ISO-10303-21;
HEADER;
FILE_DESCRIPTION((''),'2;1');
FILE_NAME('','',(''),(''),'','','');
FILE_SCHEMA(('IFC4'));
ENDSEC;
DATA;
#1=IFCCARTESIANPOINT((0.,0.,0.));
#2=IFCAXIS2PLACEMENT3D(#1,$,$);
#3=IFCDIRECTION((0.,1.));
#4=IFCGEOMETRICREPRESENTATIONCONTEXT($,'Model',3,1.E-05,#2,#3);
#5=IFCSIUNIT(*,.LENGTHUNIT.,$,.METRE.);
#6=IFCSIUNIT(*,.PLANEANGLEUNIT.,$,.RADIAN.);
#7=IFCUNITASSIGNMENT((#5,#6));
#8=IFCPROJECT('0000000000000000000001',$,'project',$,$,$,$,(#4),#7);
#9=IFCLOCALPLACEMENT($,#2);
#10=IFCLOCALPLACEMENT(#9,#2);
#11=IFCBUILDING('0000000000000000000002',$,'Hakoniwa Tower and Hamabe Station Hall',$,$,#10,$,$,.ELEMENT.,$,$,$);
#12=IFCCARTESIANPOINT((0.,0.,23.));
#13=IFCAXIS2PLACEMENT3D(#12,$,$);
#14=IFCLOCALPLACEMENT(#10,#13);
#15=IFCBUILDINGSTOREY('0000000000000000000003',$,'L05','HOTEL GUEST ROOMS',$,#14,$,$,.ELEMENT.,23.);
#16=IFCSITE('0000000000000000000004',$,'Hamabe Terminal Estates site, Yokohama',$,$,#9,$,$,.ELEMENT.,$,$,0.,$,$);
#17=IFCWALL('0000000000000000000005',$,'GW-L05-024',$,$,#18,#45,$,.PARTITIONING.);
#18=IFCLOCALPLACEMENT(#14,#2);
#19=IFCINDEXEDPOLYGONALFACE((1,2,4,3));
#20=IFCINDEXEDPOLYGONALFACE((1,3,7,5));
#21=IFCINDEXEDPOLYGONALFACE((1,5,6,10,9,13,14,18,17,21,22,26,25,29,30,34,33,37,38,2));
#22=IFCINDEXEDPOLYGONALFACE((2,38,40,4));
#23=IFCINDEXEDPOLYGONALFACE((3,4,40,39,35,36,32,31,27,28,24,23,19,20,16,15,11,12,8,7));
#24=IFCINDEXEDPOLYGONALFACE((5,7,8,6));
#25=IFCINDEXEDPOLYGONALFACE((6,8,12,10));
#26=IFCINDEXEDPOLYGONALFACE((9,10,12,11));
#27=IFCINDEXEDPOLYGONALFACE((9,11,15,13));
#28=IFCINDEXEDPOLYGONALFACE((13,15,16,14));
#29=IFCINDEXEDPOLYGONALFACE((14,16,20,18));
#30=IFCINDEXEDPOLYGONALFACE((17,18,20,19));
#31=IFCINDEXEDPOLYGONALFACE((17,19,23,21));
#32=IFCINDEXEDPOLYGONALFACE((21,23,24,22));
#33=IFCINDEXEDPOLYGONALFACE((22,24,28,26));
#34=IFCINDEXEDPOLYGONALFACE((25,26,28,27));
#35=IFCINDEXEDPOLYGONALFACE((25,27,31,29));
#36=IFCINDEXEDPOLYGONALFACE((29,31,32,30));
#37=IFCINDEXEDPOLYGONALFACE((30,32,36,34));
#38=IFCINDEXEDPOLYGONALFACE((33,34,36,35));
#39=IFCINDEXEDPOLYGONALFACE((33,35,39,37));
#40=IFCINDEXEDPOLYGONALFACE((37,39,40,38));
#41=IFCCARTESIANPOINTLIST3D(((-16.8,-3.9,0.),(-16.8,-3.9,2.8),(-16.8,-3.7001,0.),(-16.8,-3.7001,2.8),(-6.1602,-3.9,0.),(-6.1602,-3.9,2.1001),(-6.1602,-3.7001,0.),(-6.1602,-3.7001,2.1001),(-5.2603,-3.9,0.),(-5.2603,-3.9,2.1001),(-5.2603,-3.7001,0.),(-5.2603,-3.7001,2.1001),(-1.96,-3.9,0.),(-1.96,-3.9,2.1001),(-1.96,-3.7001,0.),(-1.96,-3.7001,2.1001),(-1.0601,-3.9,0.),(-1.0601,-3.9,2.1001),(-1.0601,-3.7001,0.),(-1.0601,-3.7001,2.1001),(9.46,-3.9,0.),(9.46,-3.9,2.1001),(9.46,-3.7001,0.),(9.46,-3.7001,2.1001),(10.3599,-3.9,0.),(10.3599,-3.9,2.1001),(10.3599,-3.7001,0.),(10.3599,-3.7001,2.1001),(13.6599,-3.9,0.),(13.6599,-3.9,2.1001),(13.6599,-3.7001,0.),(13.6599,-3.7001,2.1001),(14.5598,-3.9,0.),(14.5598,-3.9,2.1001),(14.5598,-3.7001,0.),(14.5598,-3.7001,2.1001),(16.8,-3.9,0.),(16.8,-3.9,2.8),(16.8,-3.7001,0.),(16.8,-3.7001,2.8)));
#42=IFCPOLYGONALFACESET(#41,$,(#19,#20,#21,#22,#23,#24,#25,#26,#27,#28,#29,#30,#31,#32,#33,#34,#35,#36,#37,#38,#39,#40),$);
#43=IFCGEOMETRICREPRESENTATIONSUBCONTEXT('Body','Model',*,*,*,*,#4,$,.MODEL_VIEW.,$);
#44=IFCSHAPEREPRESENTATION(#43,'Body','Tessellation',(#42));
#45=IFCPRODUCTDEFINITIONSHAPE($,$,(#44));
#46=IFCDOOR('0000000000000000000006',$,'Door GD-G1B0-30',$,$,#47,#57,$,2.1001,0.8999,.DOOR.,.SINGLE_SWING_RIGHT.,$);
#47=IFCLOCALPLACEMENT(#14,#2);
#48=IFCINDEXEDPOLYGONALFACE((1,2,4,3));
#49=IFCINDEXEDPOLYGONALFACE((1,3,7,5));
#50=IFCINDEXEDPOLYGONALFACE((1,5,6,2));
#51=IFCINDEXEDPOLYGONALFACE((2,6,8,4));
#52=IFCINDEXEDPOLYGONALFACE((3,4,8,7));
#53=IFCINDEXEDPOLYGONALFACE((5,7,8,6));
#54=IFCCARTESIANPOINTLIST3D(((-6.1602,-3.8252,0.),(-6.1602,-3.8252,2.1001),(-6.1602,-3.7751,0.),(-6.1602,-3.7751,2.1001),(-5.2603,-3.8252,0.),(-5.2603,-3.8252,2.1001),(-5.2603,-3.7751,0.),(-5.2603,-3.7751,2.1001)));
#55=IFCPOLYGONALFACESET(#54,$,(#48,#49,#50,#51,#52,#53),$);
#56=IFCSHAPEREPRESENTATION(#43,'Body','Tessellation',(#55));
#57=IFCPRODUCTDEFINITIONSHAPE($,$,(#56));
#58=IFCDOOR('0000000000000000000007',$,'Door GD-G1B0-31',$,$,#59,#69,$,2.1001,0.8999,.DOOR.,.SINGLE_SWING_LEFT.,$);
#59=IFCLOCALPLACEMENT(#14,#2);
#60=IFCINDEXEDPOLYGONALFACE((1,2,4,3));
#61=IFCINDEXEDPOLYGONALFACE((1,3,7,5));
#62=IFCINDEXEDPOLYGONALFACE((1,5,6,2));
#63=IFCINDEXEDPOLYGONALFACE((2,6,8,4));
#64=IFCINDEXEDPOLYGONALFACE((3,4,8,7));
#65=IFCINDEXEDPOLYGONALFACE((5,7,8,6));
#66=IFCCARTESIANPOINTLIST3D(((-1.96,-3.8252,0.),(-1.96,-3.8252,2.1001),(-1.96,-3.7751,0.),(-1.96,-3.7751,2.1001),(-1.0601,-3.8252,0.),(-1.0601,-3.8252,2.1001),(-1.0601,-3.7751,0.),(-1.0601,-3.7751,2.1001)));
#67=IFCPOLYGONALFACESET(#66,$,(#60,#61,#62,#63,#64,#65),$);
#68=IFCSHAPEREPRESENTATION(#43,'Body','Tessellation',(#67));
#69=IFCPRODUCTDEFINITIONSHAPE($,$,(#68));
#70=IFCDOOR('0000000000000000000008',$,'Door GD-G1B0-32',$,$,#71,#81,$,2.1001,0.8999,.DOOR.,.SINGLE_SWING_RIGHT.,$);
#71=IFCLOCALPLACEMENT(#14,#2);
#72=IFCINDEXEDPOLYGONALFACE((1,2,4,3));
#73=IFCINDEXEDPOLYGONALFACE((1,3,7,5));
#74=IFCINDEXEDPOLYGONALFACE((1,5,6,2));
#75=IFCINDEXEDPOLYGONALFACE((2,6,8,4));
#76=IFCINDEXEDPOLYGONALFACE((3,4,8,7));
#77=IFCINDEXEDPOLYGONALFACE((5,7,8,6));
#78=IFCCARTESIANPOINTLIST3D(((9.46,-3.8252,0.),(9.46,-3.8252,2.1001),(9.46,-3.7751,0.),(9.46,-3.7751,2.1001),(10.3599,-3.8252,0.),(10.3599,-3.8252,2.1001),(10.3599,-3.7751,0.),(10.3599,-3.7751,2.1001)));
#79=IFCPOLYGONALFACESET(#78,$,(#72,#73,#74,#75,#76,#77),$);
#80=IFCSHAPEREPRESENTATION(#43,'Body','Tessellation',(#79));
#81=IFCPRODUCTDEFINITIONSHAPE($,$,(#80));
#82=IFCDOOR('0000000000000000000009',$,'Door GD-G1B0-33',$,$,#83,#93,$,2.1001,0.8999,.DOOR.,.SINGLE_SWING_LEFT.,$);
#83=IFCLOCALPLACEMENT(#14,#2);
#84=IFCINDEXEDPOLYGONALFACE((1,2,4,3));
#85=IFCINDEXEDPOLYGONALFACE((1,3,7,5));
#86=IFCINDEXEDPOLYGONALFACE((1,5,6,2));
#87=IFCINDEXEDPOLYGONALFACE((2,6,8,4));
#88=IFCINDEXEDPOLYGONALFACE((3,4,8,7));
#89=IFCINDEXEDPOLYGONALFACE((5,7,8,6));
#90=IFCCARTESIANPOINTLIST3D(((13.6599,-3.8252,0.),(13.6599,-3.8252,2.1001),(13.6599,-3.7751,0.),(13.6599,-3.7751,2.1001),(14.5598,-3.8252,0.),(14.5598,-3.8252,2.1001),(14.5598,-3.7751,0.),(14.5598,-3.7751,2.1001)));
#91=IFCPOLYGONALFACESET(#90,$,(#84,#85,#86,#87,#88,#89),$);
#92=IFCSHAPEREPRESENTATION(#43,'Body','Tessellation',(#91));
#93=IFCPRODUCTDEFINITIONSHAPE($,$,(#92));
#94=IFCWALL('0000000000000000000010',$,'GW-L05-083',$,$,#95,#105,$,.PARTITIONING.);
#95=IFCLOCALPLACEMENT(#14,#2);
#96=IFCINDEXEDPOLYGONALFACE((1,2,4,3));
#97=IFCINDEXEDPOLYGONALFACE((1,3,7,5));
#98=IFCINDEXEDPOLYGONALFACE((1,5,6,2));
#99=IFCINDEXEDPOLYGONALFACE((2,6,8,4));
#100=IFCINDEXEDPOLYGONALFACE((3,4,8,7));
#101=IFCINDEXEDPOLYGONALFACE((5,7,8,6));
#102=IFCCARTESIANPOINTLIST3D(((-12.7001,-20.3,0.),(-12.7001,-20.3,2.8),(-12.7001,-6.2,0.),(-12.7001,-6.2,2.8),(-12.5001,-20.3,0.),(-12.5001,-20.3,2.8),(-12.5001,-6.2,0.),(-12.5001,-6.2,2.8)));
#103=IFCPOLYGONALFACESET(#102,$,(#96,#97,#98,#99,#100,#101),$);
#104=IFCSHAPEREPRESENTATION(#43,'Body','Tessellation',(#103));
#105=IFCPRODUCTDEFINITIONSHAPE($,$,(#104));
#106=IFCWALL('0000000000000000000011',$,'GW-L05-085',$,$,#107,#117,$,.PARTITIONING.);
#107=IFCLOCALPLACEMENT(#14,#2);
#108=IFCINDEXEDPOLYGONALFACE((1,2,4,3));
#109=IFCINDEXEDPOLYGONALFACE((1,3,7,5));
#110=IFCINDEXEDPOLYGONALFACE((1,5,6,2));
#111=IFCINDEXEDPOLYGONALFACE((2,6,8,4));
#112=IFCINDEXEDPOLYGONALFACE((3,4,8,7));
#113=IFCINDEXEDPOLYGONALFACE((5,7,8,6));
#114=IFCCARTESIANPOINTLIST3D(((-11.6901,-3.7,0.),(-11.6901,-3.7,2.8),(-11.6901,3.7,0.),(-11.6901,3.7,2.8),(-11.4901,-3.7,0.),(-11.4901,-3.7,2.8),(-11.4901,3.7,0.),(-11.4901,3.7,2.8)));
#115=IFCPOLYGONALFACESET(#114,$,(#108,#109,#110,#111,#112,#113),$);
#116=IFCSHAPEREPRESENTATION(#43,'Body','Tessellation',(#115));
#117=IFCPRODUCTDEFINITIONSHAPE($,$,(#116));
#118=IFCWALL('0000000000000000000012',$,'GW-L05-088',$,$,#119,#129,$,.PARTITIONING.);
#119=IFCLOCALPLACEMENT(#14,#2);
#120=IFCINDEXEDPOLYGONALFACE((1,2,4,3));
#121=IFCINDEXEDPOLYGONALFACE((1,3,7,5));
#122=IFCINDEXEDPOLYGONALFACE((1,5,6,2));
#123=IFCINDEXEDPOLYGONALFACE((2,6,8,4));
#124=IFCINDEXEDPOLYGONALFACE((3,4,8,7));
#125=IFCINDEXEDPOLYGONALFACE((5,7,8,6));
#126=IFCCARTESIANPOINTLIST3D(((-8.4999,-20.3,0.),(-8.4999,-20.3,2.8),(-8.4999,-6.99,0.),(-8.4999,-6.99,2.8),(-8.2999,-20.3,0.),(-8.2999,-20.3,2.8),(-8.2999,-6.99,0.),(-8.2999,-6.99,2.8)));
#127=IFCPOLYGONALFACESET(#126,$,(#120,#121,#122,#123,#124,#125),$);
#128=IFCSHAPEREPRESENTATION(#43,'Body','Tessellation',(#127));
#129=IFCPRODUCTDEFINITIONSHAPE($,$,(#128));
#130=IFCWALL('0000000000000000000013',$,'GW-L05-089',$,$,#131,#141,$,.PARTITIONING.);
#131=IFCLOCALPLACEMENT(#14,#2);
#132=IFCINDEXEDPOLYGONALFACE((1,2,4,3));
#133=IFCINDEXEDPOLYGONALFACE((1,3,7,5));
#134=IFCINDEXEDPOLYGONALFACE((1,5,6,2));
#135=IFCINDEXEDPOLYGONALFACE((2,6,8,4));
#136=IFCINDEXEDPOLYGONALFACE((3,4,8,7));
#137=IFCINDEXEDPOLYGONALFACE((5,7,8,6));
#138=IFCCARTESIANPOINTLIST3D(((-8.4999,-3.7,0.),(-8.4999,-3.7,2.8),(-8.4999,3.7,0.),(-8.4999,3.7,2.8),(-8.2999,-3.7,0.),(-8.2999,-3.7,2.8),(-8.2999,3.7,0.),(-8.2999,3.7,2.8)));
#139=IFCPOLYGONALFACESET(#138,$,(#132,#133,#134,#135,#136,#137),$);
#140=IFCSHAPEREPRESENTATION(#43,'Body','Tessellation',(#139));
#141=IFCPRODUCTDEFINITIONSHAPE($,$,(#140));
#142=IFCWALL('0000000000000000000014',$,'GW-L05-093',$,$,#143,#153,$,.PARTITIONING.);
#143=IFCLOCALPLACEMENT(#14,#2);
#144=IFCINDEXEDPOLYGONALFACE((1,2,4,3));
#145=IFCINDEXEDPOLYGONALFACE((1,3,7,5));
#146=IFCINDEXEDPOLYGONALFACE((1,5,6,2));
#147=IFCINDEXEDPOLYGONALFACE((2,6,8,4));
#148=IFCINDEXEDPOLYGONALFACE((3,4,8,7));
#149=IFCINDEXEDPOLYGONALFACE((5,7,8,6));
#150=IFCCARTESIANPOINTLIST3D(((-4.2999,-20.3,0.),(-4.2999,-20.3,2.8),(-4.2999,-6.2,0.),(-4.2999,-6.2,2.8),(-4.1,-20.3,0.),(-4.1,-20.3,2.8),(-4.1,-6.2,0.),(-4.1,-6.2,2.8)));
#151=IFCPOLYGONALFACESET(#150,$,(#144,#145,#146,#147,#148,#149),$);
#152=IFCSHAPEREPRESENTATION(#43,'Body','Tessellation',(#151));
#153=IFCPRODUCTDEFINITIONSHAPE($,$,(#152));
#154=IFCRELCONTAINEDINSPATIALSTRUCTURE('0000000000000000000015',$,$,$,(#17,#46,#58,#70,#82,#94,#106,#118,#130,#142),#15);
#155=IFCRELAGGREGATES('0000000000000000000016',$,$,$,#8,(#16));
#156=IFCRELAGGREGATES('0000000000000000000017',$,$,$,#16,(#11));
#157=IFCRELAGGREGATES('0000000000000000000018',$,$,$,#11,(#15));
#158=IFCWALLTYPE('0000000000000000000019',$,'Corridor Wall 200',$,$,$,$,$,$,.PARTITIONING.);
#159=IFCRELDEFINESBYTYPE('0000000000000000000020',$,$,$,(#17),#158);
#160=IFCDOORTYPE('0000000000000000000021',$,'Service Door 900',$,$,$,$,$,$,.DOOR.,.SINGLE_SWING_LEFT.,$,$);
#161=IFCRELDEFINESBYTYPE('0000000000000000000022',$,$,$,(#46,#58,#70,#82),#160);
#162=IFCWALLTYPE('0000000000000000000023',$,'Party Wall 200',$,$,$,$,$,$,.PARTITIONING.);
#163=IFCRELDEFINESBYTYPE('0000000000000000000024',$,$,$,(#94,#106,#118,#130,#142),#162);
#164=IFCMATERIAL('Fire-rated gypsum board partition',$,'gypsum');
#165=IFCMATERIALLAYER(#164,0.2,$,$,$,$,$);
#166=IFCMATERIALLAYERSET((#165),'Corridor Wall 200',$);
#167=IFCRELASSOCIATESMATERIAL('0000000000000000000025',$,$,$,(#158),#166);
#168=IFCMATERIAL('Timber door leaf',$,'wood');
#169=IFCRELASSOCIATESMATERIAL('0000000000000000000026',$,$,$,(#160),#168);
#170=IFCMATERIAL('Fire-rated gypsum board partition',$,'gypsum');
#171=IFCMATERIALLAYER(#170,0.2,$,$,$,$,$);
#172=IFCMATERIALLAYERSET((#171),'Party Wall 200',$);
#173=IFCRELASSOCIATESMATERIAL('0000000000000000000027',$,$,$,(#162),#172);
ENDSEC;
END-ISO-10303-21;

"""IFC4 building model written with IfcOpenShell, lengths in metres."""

from ifc_helpers import new_model, si_unit, direction, frame, frame_2d, origin, place, context, subcontext, project, spatial, rectangle, extrude, material, layer, layer_set, type_object, element, fill, save


model = new_model("IFC4")

# Units and contexts
model_context = context("Model", 3, precision=1e-05, world=origin(), true_north=direction((0.0, 1.0)))
body_context = subcontext(model_context, "Body", "Model", "MODEL_VIEW")
ifc_project = project(units=[si_unit("LENGTHUNIT", "METRE"), si_unit("PLANEANGLEUNIT", "RADIAN")], contexts=[model_context])

# Site, building, storey
site_placement = place(None, origin())
site = spatial("IfcSite", under=ifc_project, at=site_placement, Name="Hamabe Terminal Estates site, Yokohama", CompositionType="ELEMENT", RefElevation=0.0)
building_placement = place(site_placement, origin())
building = spatial("IfcBuilding", under=site, at=building_placement, Name="Hakoniwa Tower and Hamabe Station Hall", CompositionType="ELEMENT")
storey_placement = place(building_placement, frame((0.0, 0.0, 23.0)))
storey = spatial("IfcBuildingStorey", under=building, at=storey_placement, Name="L05", Description="HOTEL GUEST ROOMS", CompositionType="ELEMENT", Elevation=23.0)

# Wall, openings, doors
ifc_material_1 = material(Name="Fire-rated gypsum board partition", Category="gypsum")
ifc_layer_1 = layer(ifc_material_1, 0.2)
ifc_layer_set_1 = layer_set([ifc_layer_1], Name="Corridor Wall 200")
wall_type_1 = type_object("IfcWallType", Name="Corridor Wall 200", PredefinedType="PARTITIONING", material=ifc_layer_set_1)
wall_1_placement = place(storey_placement, frame((-16.8, -3.8, 0.0), z_axis=(0.0, 0.0, 1.0), x_axis=(1.0, 0.0, 0.0)))
wall_1 = element("IfcWall", 1, at=wall_1_placement, inside=storey, type_object=wall_type_1, Name="GW-L05-024", PredefinedType="PARTITIONING", context=body_context, shape_type="SweptSolid", body=[
    extrude(rectangle(XDim=33.6001, YDim=0.2, at=frame_2d((16.8, 0.0))), origin(), (0.0, 0.0, 1.0), 2.8),
])
opening_1_placement = place(wall_1_placement, frame((10.6399, 0.0, 0.0)))
opening_1 = element("IfcOpeningElement", 2, at=opening_1_placement, cuts=wall_1, PredefinedType="OPENING", context=body_context, shape_type="SweptSolid", body=[
    extrude(rectangle(XDim=0.8999, YDim=2.1001, at=frame_2d((0.45, 1.05))), frame((0.0, 0.1099, 0.0), z_axis=(0.0, -1.0, 0.0), x_axis=(1.0, 0.0, 0.0)), (0.0, 0.0, 1.0), 0.22),
])
opening_2_placement = place(wall_1_placement, frame((14.8401, 0.0, 0.0)))
opening_2 = element("IfcOpeningElement", 3, at=opening_2_placement, cuts=wall_1, PredefinedType="OPENING", context=body_context, shape_type="SweptSolid", body=[
    extrude(rectangle(XDim=0.8999, YDim=2.1001, at=frame_2d((0.45, 1.05))), frame((0.0, 0.1099, 0.0), z_axis=(0.0, -1.0, 0.0), x_axis=(1.0, 0.0, 0.0)), (0.0, 0.0, 1.0), 0.22),
])
opening_3_placement = place(wall_1_placement, frame((26.26, 0.0, 0.0)))
opening_3 = element("IfcOpeningElement", 4, at=opening_3_placement, cuts=wall_1, PredefinedType="OPENING", context=body_context, shape_type="SweptSolid", body=[
    extrude(rectangle(XDim=0.8999, YDim=2.1001, at=frame_2d((0.45, 1.05))), frame((0.0, 0.1099, 0.0), z_axis=(0.0, -1.0, 0.0), x_axis=(1.0, 0.0, 0.0)), (0.0, 0.0, 1.0), 0.22),
])
opening_4_placement = place(wall_1_placement, frame((30.46, 0.0, 0.0)))
opening_4 = element("IfcOpeningElement", 5, at=opening_4_placement, cuts=wall_1, PredefinedType="OPENING", context=body_context, shape_type="SweptSolid", body=[
    extrude(rectangle(XDim=0.8999, YDim=2.1001, at=frame_2d((0.45, 1.05))), frame((0.0, 0.1099, 0.0), z_axis=(0.0, -1.0, 0.0), x_axis=(1.0, 0.0, 0.0)), (0.0, 0.0, 1.0), 0.22),
])
ifc_material_2 = material(Name="Timber door leaf", Category="wood")
door_type_1 = type_object("IfcDoorType", Name="Service Door 900", OperationType="SINGLE_SWING_LEFT", PredefinedType="DOOR", material=ifc_material_2)
door_1_placement = place(opening_1_placement, origin())
door_1 = element("IfcDoor", 6, at=door_1_placement, inside=storey, type_object=door_type_1, Name="Door GD-G1B0-30", OperationType="SINGLE_SWING_RIGHT", OverallHeight=2.1001, OverallWidth=0.8999, PredefinedType="DOOR", context=body_context, shape_type="SweptSolid", body=[
    extrude(rectangle(XDim=0.8999, YDim=2.1001, at=frame_2d((0.45, 1.05))), frame((0.0, 0.0249, 0.0), z_axis=(0.0, -1.0, 0.0), x_axis=(1.0, 0.0, 0.0)), (0.0, 0.0, 1.0), 0.05),
])
fill(opening_1, door_1)
door_2_placement = place(opening_2_placement, origin())
door_2 = element("IfcDoor", 7, at=door_2_placement, inside=storey, type_object=door_type_1, Name="Door GD-G1B0-31", OperationType="SINGLE_SWING_LEFT", OverallHeight=2.1001, OverallWidth=0.8999, PredefinedType="DOOR", context=body_context, shape_type="SweptSolid", body=[
    extrude(rectangle(XDim=0.8999, YDim=2.1001, at=frame_2d((0.45, 1.05))), frame((0.0, 0.0249, 0.0), z_axis=(0.0, -1.0, 0.0), x_axis=(1.0, 0.0, 0.0)), (0.0, 0.0, 1.0), 0.05),
])
fill(opening_2, door_2)
door_3_placement = place(opening_3_placement, origin())
door_3 = element("IfcDoor", 8, at=door_3_placement, inside=storey, type_object=door_type_1, Name="Door GD-G1B0-32", OperationType="SINGLE_SWING_RIGHT", OverallHeight=2.1001, OverallWidth=0.8999, PredefinedType="DOOR", context=body_context, shape_type="SweptSolid", body=[
    extrude(rectangle(XDim=0.8999, YDim=2.1001, at=frame_2d((0.45, 1.05))), frame((0.0, 0.0249, 0.0), z_axis=(0.0, -1.0, 0.0), x_axis=(1.0, 0.0, 0.0)), (0.0, 0.0, 1.0), 0.05),
])
fill(opening_3, door_3)
door_4_placement = place(opening_4_placement, origin())
door_4 = element("IfcDoor", 9, at=door_4_placement, inside=storey, type_object=door_type_1, Name="Door GD-G1B0-33", OperationType="SINGLE_SWING_LEFT", OverallHeight=2.1001, OverallWidth=0.8999, PredefinedType="DOOR", context=body_context, shape_type="SweptSolid", body=[
    extrude(rectangle(XDim=0.8999, YDim=2.1001, at=frame_2d((0.45, 1.05))), frame((0.0, 0.0249, 0.0), z_axis=(0.0, -1.0, 0.0), x_axis=(1.0, 0.0, 0.0)), (0.0, 0.0, 1.0), 0.05),
])
fill(opening_4, door_4)

# Walls
ifc_material_3 = material(Name="Fire-rated gypsum board partition", Category="gypsum")
ifc_layer_2 = layer(ifc_material_3, 0.2)
ifc_layer_set_2 = layer_set([ifc_layer_2], Name="Party Wall 200")
wall_type_2 = type_object("IfcWallType", Name="Party Wall 200", PredefinedType="PARTITIONING", material=ifc_layer_set_2)
wall_2_placement = place(storey_placement, frame((-12.6001, -20.3, 0.0), z_axis=(0.0, 0.0, 1.0), x_axis=(0.0, 1.0, 0.0)))
element("IfcWall", 10, at=wall_2_placement, inside=storey, type_object=wall_type_2, Name="GW-L05-083", PredefinedType="PARTITIONING", context=body_context, shape_type="SweptSolid", body=[
    extrude(rectangle(XDim=14.1001, YDim=0.2, at=frame_2d((7.05, 0.0))), origin(), (0.0, 0.0, 1.0), 2.8),
])
wall_3_placement = place(storey_placement, frame((-11.5901, -3.7, 0.0), z_axis=(0.0, 0.0, 1.0), x_axis=(0.0, 1.0, 0.0)))
element("IfcWall", 11, at=wall_3_placement, inside=storey, type_object=wall_type_2, Name="GW-L05-085", PredefinedType="PARTITIONING", context=body_context, shape_type="SweptSolid", body=[
    extrude(rectangle(XDim=7.3999, YDim=0.2, at=frame_2d((3.7, 0.0))), origin(), (0.0, 0.0, 1.0), 2.8),
])
wall_4_placement = place(storey_placement, frame((-8.3999, -20.3, 0.0), z_axis=(0.0, 0.0, 1.0), x_axis=(0.0, 1.0, 0.0)))
element("IfcWall", 12, at=wall_4_placement, inside=storey, type_object=wall_type_2, Name="GW-L05-088", PredefinedType="PARTITIONING", context=body_context, shape_type="SweptSolid", body=[
    extrude(rectangle(XDim=13.3101, YDim=0.2, at=frame_2d((6.655, 0.0))), origin(), (0.0, 0.0, 1.0), 2.8),
])
wall_5_placement = place(storey_placement, frame((-8.3999, -3.7, 0.0), z_axis=(0.0, 0.0, 1.0), x_axis=(0.0, 1.0, 0.0)))
element("IfcWall", 13, at=wall_5_placement, inside=storey, type_object=wall_type_2, Name="GW-L05-089", PredefinedType="PARTITIONING", context=body_context, shape_type="SweptSolid", body=[
    extrude(rectangle(XDim=7.3999, YDim=0.2, at=frame_2d((3.7, 0.0))), origin(), (0.0, 0.0, 1.0), 2.8),
])
wall_6_placement = place(storey_placement, frame((-4.2, -20.3, 0.0), z_axis=(0.0, 0.0, 1.0), x_axis=(0.0, 1.0, 0.0)))
element("IfcWall", 14, at=wall_6_placement, inside=storey, type_object=wall_type_2, Name="GW-L05-093", PredefinedType="PARTITIONING", context=body_context, shape_type="SweptSolid", body=[
    extrude(rectangle(XDim=14.1001, YDim=0.2, at=frame_2d((7.05, 0.0))), origin(), (0.0, 0.0, 1.0), 2.8),
])

save(model, "model.ifc")
